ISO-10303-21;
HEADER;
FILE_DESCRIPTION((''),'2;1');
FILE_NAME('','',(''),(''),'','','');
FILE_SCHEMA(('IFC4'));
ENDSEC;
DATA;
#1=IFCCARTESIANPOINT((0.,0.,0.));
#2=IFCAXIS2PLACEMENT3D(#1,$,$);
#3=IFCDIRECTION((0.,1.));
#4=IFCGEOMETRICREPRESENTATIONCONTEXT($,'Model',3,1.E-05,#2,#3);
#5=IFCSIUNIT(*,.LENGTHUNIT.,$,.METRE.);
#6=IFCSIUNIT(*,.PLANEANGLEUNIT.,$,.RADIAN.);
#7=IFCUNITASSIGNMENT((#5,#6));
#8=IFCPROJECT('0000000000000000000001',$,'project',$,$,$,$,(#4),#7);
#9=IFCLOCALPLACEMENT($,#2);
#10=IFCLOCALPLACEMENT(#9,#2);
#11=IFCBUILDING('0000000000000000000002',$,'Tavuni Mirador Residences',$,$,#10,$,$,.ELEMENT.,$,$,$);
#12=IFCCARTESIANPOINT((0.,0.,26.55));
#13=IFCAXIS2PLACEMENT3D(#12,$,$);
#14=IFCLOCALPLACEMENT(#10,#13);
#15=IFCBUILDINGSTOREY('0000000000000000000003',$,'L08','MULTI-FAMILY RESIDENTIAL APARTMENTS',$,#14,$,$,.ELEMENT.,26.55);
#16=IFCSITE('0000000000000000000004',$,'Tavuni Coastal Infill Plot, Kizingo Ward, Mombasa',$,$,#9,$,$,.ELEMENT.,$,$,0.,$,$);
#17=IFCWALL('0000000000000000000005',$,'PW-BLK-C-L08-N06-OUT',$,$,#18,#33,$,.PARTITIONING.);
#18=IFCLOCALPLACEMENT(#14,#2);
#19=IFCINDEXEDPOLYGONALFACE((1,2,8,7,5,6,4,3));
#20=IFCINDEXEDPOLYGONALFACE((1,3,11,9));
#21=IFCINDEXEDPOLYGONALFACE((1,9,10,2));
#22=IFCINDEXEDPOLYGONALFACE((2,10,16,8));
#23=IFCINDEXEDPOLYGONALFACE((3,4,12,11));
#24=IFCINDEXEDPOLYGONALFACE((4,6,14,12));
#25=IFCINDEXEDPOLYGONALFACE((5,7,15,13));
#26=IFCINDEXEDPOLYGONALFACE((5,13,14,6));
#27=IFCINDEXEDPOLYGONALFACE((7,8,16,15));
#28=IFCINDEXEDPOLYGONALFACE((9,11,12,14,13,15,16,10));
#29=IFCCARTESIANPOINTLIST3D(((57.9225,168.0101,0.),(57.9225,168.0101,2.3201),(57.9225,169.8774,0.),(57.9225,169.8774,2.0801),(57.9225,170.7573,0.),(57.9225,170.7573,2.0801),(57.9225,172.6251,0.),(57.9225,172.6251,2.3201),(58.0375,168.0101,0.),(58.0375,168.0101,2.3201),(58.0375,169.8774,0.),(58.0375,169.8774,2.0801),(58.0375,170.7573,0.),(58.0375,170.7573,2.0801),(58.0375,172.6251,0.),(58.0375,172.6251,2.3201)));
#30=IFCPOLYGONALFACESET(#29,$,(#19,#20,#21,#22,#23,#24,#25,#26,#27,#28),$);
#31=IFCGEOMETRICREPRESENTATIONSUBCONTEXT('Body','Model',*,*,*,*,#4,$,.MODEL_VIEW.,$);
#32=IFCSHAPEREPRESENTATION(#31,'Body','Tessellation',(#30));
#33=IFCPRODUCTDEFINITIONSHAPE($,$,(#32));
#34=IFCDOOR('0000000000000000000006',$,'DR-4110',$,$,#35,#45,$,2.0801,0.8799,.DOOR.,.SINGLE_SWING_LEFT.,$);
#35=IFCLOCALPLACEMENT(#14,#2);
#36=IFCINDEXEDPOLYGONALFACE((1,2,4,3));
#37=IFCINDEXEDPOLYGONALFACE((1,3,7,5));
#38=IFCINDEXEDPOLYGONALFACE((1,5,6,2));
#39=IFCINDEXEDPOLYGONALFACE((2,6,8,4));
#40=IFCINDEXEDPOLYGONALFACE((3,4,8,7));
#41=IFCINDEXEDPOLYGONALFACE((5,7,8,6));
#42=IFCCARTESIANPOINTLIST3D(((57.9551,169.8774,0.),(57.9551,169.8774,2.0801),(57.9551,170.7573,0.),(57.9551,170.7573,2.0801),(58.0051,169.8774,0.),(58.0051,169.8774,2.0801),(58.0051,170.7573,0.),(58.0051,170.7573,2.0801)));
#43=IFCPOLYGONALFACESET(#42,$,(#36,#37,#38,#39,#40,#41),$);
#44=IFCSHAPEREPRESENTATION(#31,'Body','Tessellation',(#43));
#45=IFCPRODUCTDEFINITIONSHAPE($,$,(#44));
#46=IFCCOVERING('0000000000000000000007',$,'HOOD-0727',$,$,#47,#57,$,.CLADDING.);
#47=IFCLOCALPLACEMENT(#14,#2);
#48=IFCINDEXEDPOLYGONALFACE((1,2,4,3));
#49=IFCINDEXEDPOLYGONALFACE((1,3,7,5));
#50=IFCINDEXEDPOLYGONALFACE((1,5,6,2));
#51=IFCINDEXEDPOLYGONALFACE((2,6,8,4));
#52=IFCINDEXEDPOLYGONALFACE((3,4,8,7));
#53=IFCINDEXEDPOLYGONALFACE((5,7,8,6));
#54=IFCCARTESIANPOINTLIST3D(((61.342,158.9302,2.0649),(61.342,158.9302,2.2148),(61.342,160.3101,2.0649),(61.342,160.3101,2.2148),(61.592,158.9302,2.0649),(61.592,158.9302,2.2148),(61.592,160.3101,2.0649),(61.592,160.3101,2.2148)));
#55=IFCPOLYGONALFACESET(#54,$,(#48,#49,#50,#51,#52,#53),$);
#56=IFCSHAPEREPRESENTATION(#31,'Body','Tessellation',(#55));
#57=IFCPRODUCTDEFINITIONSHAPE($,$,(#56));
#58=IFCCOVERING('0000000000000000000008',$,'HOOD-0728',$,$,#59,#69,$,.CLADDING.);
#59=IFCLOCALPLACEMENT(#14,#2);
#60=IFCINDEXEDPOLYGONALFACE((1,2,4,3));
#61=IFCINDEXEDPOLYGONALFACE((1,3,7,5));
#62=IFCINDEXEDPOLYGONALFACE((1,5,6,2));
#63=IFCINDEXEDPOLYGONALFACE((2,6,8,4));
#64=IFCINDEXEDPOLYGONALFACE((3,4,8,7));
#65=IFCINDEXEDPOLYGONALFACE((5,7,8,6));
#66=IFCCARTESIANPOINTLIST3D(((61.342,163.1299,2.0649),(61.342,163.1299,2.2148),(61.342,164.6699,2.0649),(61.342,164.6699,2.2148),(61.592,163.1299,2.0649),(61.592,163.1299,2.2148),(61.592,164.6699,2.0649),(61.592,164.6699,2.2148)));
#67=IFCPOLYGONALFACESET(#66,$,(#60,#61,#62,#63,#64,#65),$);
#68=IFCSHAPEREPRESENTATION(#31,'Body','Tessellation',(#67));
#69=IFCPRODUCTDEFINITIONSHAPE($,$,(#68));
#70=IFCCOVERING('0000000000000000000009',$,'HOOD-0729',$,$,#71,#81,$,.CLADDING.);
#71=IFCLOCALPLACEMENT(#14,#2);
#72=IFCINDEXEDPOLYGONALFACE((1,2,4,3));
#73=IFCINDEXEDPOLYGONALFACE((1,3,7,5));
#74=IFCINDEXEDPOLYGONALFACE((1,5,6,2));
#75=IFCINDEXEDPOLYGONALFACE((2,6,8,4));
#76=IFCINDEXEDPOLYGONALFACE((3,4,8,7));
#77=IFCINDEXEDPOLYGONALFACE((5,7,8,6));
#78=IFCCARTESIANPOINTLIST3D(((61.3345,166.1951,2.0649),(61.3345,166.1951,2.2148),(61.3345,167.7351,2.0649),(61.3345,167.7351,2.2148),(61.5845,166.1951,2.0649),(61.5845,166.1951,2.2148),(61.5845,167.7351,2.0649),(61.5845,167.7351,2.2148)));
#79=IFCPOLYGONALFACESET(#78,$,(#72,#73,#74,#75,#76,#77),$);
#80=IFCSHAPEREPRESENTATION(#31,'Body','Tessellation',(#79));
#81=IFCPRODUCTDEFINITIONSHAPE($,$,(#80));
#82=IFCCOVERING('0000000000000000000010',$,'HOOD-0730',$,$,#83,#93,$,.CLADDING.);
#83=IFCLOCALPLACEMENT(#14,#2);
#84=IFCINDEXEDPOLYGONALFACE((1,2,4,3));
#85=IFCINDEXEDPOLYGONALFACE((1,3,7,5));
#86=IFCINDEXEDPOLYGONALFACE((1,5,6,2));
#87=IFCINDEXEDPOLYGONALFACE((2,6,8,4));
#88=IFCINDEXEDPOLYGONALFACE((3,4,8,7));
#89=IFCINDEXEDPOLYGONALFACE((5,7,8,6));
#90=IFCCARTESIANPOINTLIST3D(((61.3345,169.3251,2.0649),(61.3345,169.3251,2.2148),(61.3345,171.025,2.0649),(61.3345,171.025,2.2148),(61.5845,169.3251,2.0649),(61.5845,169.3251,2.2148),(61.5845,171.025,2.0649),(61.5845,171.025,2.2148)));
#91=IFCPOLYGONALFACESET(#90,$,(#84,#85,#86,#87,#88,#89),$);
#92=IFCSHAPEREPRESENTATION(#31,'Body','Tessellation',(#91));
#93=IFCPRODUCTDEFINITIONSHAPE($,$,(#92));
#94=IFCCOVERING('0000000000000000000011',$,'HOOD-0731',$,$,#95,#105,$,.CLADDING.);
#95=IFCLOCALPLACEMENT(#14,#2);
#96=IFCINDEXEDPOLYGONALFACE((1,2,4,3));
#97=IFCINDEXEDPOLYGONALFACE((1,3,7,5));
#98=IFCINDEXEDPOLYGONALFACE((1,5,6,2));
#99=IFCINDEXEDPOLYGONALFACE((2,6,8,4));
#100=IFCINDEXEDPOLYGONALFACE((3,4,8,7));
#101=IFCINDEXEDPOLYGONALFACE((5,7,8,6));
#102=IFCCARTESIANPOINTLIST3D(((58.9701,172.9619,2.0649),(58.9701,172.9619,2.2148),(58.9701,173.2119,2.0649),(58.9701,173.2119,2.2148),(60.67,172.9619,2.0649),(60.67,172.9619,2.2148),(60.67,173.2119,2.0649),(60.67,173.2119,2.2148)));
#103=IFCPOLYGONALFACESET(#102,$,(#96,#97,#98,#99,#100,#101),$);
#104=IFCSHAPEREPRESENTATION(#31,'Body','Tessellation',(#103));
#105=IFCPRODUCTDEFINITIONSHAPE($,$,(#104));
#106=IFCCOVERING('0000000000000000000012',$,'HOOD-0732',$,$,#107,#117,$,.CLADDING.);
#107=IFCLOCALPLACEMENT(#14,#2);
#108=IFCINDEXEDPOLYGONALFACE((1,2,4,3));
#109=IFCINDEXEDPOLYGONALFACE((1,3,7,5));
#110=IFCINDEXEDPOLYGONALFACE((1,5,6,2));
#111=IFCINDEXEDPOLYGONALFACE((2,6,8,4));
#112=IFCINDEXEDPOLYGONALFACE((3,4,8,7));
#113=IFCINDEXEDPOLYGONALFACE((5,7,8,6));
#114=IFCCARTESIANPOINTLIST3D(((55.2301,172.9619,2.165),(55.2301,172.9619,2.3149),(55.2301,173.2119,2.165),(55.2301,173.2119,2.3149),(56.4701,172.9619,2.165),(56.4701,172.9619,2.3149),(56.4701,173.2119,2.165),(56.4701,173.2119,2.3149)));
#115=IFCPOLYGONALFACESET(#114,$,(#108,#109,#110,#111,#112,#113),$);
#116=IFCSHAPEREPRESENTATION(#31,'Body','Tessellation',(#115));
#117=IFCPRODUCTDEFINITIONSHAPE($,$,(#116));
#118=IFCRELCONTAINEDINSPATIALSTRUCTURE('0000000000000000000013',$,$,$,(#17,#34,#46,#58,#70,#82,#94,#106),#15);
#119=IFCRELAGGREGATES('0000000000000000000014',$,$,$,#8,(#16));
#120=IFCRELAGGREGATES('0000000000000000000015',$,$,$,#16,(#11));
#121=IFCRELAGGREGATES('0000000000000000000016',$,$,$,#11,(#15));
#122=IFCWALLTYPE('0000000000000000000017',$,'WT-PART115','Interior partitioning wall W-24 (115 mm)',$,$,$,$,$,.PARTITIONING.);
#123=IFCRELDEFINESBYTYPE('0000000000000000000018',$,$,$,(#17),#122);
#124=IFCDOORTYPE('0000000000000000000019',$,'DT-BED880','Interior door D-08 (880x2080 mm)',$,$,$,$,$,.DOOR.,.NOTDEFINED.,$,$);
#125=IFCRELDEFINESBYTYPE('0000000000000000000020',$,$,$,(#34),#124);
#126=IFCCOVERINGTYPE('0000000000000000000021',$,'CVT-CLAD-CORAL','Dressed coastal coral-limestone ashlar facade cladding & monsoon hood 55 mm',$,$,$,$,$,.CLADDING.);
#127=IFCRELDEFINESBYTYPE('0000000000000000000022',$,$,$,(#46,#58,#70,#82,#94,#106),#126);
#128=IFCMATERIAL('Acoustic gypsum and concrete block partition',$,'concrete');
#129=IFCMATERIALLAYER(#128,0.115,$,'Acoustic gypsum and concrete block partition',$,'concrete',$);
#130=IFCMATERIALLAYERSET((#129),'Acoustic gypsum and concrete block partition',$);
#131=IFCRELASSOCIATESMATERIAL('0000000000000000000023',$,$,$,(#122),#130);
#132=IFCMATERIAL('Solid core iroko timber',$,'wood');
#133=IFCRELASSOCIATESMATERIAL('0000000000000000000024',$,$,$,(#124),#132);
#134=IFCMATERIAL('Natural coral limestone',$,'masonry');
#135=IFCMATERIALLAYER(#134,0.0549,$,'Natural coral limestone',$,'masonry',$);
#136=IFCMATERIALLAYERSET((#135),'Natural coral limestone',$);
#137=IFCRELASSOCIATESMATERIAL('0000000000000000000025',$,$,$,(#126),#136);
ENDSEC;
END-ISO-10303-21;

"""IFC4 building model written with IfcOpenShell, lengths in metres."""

from ifc_helpers import new_model, si_unit, direction, frame, frame_2d, origin, origin_2d, place, context, subcontext, project, spatial, rectangle, extrude, material, layer, layer_set, type_object, element, fill, save


model = new_model("IFC4")

# Units and contexts
model_context = context("Model", 3, precision=1e-05, world=origin(), true_north=direction((0.0, 1.0)))
body_context = subcontext(model_context, "Body", "Model", "MODEL_VIEW")
ifc_project = project(units=[si_unit("LENGTHUNIT", "METRE"), si_unit("PLANEANGLEUNIT", "RADIAN")], contexts=[model_context])

# Site, building, storey
site_placement = place(None, origin())
site = spatial("IfcSite", under=ifc_project, at=site_placement, Name="Tavuni Coastal Infill Plot, Kizingo Ward, Mombasa", CompositionType="ELEMENT", RefElevation=0.0)
building_placement = place(site_placement, origin())
building = spatial("IfcBuilding", under=site, at=building_placement, Name="Tavuni Mirador Residences", CompositionType="ELEMENT")
storey_placement = place(building_placement, frame((0.0, 0.0, 26.55)))
storey = spatial("IfcBuildingStorey", under=building, at=storey_placement, Name="L08", Description="MULTI-FAMILY RESIDENTIAL APARTMENTS", CompositionType="ELEMENT", Elevation=26.55)

# Shared definitions
ifc_material_1 = material(Name="Solid core iroko timber", Category="wood")

# Wall, opening, door
ifc_material_2 = material(Name="Acoustic gypsum and concrete block partition", Category="concrete")
ifc_layer_1 = layer(ifc_material_2, 0.115, Name="Acoustic gypsum and concrete block partition", Category="concrete")
ifc_layer_set_1 = layer_set([ifc_layer_1], Name="Acoustic gypsum and concrete block partition")
wall_type_1 = type_object("IfcWallType", Name="WT-PART115", Description="Interior partitioning wall W-24 (115 mm)", PredefinedType="PARTITIONING", material=ifc_layer_set_1)
wall_1_placement = place(storey_placement, frame((57.98, 168.01, 0.0), z_axis=(0.0, 0.0, 1.0), x_axis=(0.0, 1.0, 0.0)))
wall_1 = element("IfcWall", 1, at=wall_1_placement, inside=storey, type_object=wall_type_1, Name="PW-BLK-C-L08-N06-OUT", PredefinedType="PARTITIONING", context=body_context, shape_type="SweptSolid", body=[
    extrude(rectangle(XDim=4.615, YDim=0.115, at=frame_2d((2.3076, 0.0))), origin(), (0.0, 0.0, 1.0), 2.3201),
])
opening_1_placement = place(wall_1_placement, frame((1.8674, 0.0, 0.0)))
opening_1 = element("IfcOpeningElement", 2, at=opening_1_placement, cuts=wall_1, PredefinedType="OPENING", context=body_context, shape_type="SweptSolid", body=[
    extrude(rectangle(XDim=0.8799, YDim=2.0801, at=frame_2d((0.4399, 1.04))), frame((0.0, 0.0674, 0.0), z_axis=(0.0, -1.0, 0.0), x_axis=(1.0, 0.0, 0.0)), (0.0, 0.0, 1.0), 0.135),
])
door_type_1 = type_object("IfcDoorType", Name="DT-BED880", Description="Interior door D-08 (880x2080 mm)", OperationType="NOTDEFINED", PredefinedType="DOOR", material=ifc_material_1)
door_1_placement = place(opening_1_placement, origin())
door_1 = element("IfcDoor", 3, at=door_1_placement, inside=storey, type_object=door_type_1, Name="DR-4110", OperationType="SINGLE_SWING_LEFT", OverallHeight=2.0801, OverallWidth=0.8799, PredefinedType="DOOR", context=body_context, shape_type="SweptSolid", body=[
    extrude(rectangle(XDim=0.8799, YDim=2.0801, at=frame_2d((0.4399, 1.04))), frame((0.0, 0.0249, 0.0), z_axis=(0.0, -1.0, 0.0), x_axis=(1.0, 0.0, 0.0)), (0.0, 0.0, 1.0), 0.05),
])
fill(opening_1, door_1)

# Coverings
ifc_material_3 = material(Name="Natural coral limestone", Category="masonry")
ifc_layer_2 = layer(ifc_material_3, 0.0549, Name="Natural coral limestone", Category="masonry")
ifc_layer_set_2 = layer_set([ifc_layer_2], Name="Natural coral limestone")
covering_type = type_object("IfcCoveringType", Name="CVT-CLAD-CORAL", Description="Dressed coastal coral-limestone ashlar facade cladding & monsoon hood 55 mm", PredefinedType="CLADDING", material=ifc_layer_set_2)
covering_1_placement = place(storey_placement, frame((61.467, 159.6201, 2.0649), z_axis=(0.0, 0.0, 1.0), x_axis=(0.0, 1.0, 0.0)))
element("IfcCovering", 4, at=covering_1_placement, inside=storey, type_object=covering_type, Name="HOOD-0727", PredefinedType="CLADDING", context=body_context, shape_type="SweptSolid", body=[
    extrude(rectangle(XDim=1.3799, YDim=0.25, at=origin_2d()), origin(), (0.0, 0.0, 1.0), 0.1499),
])
for number, where, z_axis, x_axis, name in (
    (5, (61.467, 163.8999, 2.0649), (0.0, 0.0, 1.0), (0.0, 1.0, 0.0), "HOOD-0728"),
    (6, (61.4595, 166.9651, 2.0649), (0.0, 0.0, 1.0), (0.0, 1.0, 0.0), "HOOD-0729"),
):
    element("IfcCovering", number, at=place(storey_placement, frame(where, z_axis=z_axis, x_axis=x_axis)), inside=storey, type_object=covering_type, Name=name, PredefinedType="CLADDING", context=body_context, shape_type="SweptSolid", body=[
        extrude(rectangle(XDim=1.54, YDim=0.25, at=origin_2d()), origin(), (0.0, 0.0, 1.0), 0.1499),
    ])
for number, where, z_axis, x_axis, name in (
    (7, (61.4595, 170.175, 2.0649), (0.0, 0.0, 1.0), (0.0, 1.0, 0.0), "HOOD-0730"),
    (8, (59.8201, 173.0869, 2.0649), (0.0, 0.0, 1.0), (-1.0, 0.0, 0.0), "HOOD-0731"),
):
    element("IfcCovering", number, at=place(storey_placement, frame(where, z_axis=z_axis, x_axis=x_axis)), inside=storey, type_object=covering_type, Name=name, PredefinedType="CLADDING", context=body_context, shape_type="SweptSolid", body=[
        extrude(rectangle(XDim=1.7, YDim=0.25, at=origin_2d()), origin(), (0.0, 0.0, 1.0), 0.1499),
    ])
covering_2_placement = place(storey_placement, frame((55.8501, 173.0869, 2.165), z_axis=(0.0, 0.0, 1.0), x_axis=(-1.0, 0.0, 0.0)))
element("IfcCovering", 9, at=covering_2_placement, inside=storey, type_object=covering_type, Name="HOOD-0732", PredefinedType="CLADDING", context=body_context, shape_type="SweptSolid", body=[
    extrude(rectangle(XDim=1.24, YDim=0.25, at=origin_2d()), origin(), (0.0, 0.0, 1.0), 0.1499),
])

save(model, "model.ifc")
